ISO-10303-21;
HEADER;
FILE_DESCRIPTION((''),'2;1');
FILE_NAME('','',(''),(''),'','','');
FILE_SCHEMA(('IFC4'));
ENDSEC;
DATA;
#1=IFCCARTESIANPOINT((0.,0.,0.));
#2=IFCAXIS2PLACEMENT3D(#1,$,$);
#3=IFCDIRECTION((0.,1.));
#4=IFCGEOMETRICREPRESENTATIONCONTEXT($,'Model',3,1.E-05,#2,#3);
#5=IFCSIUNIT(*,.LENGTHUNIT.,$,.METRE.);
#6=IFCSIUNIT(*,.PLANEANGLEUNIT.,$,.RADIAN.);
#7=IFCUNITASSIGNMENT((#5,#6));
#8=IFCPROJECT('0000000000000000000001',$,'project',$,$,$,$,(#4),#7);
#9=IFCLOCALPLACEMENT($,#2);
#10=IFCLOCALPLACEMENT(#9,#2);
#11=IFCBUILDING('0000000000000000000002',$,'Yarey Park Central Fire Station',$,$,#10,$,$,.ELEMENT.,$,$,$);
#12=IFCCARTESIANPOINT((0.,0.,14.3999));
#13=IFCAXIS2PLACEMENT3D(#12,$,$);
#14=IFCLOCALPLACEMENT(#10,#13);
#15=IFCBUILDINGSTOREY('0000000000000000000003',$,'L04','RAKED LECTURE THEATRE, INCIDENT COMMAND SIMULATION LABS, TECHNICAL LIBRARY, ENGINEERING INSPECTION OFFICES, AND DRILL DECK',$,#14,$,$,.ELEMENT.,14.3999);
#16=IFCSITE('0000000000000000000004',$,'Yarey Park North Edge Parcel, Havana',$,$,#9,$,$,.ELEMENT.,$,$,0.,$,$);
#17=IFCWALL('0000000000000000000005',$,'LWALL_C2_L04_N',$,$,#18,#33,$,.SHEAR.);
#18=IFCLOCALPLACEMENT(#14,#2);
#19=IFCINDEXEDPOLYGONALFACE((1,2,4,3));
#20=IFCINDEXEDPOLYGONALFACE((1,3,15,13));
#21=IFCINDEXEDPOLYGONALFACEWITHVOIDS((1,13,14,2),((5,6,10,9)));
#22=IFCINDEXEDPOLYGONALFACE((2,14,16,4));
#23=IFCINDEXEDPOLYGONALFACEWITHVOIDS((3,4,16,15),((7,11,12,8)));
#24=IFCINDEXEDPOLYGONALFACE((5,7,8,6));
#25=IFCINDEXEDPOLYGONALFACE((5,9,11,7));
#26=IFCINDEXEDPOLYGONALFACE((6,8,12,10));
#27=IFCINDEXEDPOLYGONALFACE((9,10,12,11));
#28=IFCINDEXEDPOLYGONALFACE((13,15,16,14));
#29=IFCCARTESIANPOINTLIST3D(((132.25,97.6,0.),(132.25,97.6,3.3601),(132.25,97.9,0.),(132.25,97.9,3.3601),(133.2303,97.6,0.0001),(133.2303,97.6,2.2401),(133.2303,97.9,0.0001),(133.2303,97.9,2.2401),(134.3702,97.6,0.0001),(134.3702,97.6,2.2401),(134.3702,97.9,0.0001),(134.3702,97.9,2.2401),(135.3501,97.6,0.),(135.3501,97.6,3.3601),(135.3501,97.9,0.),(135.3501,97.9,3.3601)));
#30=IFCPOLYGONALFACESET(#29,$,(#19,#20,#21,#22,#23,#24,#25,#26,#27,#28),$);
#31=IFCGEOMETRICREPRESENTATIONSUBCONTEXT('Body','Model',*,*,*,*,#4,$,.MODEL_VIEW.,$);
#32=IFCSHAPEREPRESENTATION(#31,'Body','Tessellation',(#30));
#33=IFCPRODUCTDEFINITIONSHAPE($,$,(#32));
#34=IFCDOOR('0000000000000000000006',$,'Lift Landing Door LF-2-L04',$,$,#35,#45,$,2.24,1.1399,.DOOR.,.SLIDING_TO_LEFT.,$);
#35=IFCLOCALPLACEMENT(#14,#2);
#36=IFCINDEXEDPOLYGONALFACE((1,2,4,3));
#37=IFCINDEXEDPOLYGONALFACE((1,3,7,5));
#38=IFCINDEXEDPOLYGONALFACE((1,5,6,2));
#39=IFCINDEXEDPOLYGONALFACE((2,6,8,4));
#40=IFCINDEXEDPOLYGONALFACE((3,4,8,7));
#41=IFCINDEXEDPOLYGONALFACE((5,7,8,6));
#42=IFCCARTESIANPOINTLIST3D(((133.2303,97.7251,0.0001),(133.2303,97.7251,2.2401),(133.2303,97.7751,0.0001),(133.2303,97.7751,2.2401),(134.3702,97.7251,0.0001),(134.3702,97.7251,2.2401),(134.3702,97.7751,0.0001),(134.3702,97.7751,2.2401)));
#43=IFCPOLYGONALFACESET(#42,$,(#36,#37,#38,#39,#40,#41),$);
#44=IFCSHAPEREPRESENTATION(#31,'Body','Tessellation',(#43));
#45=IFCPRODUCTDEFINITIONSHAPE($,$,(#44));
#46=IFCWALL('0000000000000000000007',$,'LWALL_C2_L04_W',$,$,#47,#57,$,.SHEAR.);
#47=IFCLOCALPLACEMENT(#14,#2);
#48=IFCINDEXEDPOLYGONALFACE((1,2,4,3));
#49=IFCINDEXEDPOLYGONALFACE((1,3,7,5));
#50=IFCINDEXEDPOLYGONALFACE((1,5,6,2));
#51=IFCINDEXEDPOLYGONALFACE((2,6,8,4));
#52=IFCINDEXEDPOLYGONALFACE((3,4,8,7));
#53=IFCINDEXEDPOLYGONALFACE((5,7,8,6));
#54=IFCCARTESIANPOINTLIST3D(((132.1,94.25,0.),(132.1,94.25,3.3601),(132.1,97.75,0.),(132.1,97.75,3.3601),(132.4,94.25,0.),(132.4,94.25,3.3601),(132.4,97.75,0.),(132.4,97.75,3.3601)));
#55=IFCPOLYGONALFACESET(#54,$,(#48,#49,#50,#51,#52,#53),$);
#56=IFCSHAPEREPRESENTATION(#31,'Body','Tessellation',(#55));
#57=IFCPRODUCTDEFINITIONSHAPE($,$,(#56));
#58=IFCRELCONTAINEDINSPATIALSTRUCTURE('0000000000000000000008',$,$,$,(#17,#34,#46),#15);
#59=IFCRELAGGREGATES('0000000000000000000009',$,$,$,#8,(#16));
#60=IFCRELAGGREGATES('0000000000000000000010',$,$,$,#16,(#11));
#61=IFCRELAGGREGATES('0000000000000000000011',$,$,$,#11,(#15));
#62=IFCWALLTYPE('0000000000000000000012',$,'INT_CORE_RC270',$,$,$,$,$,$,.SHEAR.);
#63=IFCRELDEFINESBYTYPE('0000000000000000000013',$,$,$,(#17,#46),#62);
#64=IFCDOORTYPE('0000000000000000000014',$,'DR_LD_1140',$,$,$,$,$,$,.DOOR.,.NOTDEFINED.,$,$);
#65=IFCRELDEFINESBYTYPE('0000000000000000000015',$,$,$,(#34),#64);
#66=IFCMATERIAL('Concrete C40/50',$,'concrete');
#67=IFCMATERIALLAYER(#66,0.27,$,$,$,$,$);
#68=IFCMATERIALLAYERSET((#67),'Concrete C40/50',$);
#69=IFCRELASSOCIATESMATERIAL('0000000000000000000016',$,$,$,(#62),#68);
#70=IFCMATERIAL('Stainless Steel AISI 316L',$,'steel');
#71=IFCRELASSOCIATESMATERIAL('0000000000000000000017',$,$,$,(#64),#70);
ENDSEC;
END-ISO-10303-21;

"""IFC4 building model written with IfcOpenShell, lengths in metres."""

from ifc_helpers import new_model, si_unit, direction, frame, frame_2d, origin, place, context, subcontext, project, spatial, rectangle, extrude, material, layer, layer_set, type_object, element, fill, save


model = new_model("IFC4")

# Units and contexts
model_context = context("Model", 3, precision=1e-05, world=origin(), true_north=direction((0.0, 1.0)))
body_context = subcontext(model_context, "Body", "Model", "MODEL_VIEW")
ifc_project = project(units=[si_unit("LENGTHUNIT", "METRE"), si_unit("PLANEANGLEUNIT", "RADIAN")], contexts=[model_context])

# Site, building, storey
site_placement = place(None, origin())
site = spatial("IfcSite", under=ifc_project, at=site_placement, Name="Yarey Park North Edge Parcel, Havana", CompositionType="ELEMENT", RefElevation=0.0)
building_placement = place(site_placement, origin())
building = spatial("IfcBuilding", under=site, at=building_placement, Name="Yarey Park Central Fire Station", CompositionType="ELEMENT")
storey_placement = place(building_placement, frame((0.0, 0.0, 14.3999)))
storey = spatial("IfcBuildingStorey", under=building, at=storey_placement, Name="L04", Description="RAKED LECTURE THEATRE, INCIDENT COMMAND SIMULATION LABS, TECHNICAL LIBRARY, ENGINEERING INSPECTION OFFICES, AND DRILL DECK", CompositionType="ELEMENT", Elevation=14.3999)

# Shared definitions
ifc_material_1 = material(Name="Concrete C40/50", Category="concrete")

# Shared definitions
ifc_layer_1 = layer(ifc_material_1, 0.27)
ifc_layer_set_1 = layer_set([ifc_layer_1], Name="Concrete C40/50")
wall_type = type_object("IfcWallType", Name="INT_CORE_RC270", PredefinedType="SHEAR", material=ifc_layer_set_1)
ifc_material_2 = material(Name="Stainless Steel AISI 316L", Category="steel")

# Wall, opening, door
wall_1_placement = place(storey_placement, frame((135.3501, 97.75, 0.0), z_axis=(0.0, 0.0, 1.0), x_axis=(-1.0, 0.0, 0.0)))
wall_1 = element("IfcWall", 1, at=wall_1_placement, inside=storey, type_object=wall_type, Name="LWALL_C2_L04_N", PredefinedType="SHEAR", context=body_context, shape_type="SweptSolid", body=[
    extrude(rectangle(XDim=3.1001, YDim=0.3, at=frame_2d((1.55, 0.0))), origin(), (0.0, 0.0, 1.0), 3.3601),
])
opening_1_placement = place(wall_1_placement, frame((0.98, 0.0, 0.0)))
opening_1 = element("IfcOpeningElement", 2, at=opening_1_placement, cuts=wall_1, PredefinedType="OPENING", context=body_context, shape_type="SweptSolid", body=[
    extrude(rectangle(XDim=1.1399, YDim=2.24, at=frame_2d((0.5698, 1.1201))), frame((0.0, 0.1599, 0.0), z_axis=(0.0, -1.0, 0.0), x_axis=(1.0, 0.0, 0.0)), (0.0, 0.0, 1.0), 0.3201),
])
door_type_1 = type_object("IfcDoorType", Name="DR_LD_1140", OperationType="NOTDEFINED", PredefinedType="DOOR", material=ifc_material_2)
door_1_placement = place(opening_1_placement, origin())
door_1 = element("IfcDoor", 3, at=door_1_placement, inside=storey, type_object=door_type_1, Name="Lift Landing Door LF-2-L04", OperationType="SLIDING_TO_LEFT", OverallHeight=2.24, OverallWidth=1.1399, PredefinedType="DOOR", context=body_context, shape_type="SweptSolid", body=[
    extrude(rectangle(XDim=1.1399, YDim=2.24, at=frame_2d((0.5698, 1.1201))), frame((0.0, 0.0249, 0.0), z_axis=(0.0, -1.0, 0.0), x_axis=(1.0, 0.0, 0.0)), (0.0, 0.0, 1.0), 0.05),
])
fill(opening_1, door_1)

# Wall
wall_2_placement = place(storey_placement, frame((132.25, 97.75, 0.0), z_axis=(0.0, 0.0, 1.0), x_axis=(0.0, -1.0, 0.0)))
element("IfcWall", 4, at=wall_2_placement, inside=storey, type_object=wall_type, Name="LWALL_C2_L04_W", PredefinedType="SHEAR", context=body_context, shape_type="SweptSolid", body=[
    extrude(rectangle(XDim=3.5, YDim=0.3, at=frame_2d((1.75, 0.0))), origin(), (0.0, 0.0, 1.0), 3.3601),
])

save(model, "model.ifc")
